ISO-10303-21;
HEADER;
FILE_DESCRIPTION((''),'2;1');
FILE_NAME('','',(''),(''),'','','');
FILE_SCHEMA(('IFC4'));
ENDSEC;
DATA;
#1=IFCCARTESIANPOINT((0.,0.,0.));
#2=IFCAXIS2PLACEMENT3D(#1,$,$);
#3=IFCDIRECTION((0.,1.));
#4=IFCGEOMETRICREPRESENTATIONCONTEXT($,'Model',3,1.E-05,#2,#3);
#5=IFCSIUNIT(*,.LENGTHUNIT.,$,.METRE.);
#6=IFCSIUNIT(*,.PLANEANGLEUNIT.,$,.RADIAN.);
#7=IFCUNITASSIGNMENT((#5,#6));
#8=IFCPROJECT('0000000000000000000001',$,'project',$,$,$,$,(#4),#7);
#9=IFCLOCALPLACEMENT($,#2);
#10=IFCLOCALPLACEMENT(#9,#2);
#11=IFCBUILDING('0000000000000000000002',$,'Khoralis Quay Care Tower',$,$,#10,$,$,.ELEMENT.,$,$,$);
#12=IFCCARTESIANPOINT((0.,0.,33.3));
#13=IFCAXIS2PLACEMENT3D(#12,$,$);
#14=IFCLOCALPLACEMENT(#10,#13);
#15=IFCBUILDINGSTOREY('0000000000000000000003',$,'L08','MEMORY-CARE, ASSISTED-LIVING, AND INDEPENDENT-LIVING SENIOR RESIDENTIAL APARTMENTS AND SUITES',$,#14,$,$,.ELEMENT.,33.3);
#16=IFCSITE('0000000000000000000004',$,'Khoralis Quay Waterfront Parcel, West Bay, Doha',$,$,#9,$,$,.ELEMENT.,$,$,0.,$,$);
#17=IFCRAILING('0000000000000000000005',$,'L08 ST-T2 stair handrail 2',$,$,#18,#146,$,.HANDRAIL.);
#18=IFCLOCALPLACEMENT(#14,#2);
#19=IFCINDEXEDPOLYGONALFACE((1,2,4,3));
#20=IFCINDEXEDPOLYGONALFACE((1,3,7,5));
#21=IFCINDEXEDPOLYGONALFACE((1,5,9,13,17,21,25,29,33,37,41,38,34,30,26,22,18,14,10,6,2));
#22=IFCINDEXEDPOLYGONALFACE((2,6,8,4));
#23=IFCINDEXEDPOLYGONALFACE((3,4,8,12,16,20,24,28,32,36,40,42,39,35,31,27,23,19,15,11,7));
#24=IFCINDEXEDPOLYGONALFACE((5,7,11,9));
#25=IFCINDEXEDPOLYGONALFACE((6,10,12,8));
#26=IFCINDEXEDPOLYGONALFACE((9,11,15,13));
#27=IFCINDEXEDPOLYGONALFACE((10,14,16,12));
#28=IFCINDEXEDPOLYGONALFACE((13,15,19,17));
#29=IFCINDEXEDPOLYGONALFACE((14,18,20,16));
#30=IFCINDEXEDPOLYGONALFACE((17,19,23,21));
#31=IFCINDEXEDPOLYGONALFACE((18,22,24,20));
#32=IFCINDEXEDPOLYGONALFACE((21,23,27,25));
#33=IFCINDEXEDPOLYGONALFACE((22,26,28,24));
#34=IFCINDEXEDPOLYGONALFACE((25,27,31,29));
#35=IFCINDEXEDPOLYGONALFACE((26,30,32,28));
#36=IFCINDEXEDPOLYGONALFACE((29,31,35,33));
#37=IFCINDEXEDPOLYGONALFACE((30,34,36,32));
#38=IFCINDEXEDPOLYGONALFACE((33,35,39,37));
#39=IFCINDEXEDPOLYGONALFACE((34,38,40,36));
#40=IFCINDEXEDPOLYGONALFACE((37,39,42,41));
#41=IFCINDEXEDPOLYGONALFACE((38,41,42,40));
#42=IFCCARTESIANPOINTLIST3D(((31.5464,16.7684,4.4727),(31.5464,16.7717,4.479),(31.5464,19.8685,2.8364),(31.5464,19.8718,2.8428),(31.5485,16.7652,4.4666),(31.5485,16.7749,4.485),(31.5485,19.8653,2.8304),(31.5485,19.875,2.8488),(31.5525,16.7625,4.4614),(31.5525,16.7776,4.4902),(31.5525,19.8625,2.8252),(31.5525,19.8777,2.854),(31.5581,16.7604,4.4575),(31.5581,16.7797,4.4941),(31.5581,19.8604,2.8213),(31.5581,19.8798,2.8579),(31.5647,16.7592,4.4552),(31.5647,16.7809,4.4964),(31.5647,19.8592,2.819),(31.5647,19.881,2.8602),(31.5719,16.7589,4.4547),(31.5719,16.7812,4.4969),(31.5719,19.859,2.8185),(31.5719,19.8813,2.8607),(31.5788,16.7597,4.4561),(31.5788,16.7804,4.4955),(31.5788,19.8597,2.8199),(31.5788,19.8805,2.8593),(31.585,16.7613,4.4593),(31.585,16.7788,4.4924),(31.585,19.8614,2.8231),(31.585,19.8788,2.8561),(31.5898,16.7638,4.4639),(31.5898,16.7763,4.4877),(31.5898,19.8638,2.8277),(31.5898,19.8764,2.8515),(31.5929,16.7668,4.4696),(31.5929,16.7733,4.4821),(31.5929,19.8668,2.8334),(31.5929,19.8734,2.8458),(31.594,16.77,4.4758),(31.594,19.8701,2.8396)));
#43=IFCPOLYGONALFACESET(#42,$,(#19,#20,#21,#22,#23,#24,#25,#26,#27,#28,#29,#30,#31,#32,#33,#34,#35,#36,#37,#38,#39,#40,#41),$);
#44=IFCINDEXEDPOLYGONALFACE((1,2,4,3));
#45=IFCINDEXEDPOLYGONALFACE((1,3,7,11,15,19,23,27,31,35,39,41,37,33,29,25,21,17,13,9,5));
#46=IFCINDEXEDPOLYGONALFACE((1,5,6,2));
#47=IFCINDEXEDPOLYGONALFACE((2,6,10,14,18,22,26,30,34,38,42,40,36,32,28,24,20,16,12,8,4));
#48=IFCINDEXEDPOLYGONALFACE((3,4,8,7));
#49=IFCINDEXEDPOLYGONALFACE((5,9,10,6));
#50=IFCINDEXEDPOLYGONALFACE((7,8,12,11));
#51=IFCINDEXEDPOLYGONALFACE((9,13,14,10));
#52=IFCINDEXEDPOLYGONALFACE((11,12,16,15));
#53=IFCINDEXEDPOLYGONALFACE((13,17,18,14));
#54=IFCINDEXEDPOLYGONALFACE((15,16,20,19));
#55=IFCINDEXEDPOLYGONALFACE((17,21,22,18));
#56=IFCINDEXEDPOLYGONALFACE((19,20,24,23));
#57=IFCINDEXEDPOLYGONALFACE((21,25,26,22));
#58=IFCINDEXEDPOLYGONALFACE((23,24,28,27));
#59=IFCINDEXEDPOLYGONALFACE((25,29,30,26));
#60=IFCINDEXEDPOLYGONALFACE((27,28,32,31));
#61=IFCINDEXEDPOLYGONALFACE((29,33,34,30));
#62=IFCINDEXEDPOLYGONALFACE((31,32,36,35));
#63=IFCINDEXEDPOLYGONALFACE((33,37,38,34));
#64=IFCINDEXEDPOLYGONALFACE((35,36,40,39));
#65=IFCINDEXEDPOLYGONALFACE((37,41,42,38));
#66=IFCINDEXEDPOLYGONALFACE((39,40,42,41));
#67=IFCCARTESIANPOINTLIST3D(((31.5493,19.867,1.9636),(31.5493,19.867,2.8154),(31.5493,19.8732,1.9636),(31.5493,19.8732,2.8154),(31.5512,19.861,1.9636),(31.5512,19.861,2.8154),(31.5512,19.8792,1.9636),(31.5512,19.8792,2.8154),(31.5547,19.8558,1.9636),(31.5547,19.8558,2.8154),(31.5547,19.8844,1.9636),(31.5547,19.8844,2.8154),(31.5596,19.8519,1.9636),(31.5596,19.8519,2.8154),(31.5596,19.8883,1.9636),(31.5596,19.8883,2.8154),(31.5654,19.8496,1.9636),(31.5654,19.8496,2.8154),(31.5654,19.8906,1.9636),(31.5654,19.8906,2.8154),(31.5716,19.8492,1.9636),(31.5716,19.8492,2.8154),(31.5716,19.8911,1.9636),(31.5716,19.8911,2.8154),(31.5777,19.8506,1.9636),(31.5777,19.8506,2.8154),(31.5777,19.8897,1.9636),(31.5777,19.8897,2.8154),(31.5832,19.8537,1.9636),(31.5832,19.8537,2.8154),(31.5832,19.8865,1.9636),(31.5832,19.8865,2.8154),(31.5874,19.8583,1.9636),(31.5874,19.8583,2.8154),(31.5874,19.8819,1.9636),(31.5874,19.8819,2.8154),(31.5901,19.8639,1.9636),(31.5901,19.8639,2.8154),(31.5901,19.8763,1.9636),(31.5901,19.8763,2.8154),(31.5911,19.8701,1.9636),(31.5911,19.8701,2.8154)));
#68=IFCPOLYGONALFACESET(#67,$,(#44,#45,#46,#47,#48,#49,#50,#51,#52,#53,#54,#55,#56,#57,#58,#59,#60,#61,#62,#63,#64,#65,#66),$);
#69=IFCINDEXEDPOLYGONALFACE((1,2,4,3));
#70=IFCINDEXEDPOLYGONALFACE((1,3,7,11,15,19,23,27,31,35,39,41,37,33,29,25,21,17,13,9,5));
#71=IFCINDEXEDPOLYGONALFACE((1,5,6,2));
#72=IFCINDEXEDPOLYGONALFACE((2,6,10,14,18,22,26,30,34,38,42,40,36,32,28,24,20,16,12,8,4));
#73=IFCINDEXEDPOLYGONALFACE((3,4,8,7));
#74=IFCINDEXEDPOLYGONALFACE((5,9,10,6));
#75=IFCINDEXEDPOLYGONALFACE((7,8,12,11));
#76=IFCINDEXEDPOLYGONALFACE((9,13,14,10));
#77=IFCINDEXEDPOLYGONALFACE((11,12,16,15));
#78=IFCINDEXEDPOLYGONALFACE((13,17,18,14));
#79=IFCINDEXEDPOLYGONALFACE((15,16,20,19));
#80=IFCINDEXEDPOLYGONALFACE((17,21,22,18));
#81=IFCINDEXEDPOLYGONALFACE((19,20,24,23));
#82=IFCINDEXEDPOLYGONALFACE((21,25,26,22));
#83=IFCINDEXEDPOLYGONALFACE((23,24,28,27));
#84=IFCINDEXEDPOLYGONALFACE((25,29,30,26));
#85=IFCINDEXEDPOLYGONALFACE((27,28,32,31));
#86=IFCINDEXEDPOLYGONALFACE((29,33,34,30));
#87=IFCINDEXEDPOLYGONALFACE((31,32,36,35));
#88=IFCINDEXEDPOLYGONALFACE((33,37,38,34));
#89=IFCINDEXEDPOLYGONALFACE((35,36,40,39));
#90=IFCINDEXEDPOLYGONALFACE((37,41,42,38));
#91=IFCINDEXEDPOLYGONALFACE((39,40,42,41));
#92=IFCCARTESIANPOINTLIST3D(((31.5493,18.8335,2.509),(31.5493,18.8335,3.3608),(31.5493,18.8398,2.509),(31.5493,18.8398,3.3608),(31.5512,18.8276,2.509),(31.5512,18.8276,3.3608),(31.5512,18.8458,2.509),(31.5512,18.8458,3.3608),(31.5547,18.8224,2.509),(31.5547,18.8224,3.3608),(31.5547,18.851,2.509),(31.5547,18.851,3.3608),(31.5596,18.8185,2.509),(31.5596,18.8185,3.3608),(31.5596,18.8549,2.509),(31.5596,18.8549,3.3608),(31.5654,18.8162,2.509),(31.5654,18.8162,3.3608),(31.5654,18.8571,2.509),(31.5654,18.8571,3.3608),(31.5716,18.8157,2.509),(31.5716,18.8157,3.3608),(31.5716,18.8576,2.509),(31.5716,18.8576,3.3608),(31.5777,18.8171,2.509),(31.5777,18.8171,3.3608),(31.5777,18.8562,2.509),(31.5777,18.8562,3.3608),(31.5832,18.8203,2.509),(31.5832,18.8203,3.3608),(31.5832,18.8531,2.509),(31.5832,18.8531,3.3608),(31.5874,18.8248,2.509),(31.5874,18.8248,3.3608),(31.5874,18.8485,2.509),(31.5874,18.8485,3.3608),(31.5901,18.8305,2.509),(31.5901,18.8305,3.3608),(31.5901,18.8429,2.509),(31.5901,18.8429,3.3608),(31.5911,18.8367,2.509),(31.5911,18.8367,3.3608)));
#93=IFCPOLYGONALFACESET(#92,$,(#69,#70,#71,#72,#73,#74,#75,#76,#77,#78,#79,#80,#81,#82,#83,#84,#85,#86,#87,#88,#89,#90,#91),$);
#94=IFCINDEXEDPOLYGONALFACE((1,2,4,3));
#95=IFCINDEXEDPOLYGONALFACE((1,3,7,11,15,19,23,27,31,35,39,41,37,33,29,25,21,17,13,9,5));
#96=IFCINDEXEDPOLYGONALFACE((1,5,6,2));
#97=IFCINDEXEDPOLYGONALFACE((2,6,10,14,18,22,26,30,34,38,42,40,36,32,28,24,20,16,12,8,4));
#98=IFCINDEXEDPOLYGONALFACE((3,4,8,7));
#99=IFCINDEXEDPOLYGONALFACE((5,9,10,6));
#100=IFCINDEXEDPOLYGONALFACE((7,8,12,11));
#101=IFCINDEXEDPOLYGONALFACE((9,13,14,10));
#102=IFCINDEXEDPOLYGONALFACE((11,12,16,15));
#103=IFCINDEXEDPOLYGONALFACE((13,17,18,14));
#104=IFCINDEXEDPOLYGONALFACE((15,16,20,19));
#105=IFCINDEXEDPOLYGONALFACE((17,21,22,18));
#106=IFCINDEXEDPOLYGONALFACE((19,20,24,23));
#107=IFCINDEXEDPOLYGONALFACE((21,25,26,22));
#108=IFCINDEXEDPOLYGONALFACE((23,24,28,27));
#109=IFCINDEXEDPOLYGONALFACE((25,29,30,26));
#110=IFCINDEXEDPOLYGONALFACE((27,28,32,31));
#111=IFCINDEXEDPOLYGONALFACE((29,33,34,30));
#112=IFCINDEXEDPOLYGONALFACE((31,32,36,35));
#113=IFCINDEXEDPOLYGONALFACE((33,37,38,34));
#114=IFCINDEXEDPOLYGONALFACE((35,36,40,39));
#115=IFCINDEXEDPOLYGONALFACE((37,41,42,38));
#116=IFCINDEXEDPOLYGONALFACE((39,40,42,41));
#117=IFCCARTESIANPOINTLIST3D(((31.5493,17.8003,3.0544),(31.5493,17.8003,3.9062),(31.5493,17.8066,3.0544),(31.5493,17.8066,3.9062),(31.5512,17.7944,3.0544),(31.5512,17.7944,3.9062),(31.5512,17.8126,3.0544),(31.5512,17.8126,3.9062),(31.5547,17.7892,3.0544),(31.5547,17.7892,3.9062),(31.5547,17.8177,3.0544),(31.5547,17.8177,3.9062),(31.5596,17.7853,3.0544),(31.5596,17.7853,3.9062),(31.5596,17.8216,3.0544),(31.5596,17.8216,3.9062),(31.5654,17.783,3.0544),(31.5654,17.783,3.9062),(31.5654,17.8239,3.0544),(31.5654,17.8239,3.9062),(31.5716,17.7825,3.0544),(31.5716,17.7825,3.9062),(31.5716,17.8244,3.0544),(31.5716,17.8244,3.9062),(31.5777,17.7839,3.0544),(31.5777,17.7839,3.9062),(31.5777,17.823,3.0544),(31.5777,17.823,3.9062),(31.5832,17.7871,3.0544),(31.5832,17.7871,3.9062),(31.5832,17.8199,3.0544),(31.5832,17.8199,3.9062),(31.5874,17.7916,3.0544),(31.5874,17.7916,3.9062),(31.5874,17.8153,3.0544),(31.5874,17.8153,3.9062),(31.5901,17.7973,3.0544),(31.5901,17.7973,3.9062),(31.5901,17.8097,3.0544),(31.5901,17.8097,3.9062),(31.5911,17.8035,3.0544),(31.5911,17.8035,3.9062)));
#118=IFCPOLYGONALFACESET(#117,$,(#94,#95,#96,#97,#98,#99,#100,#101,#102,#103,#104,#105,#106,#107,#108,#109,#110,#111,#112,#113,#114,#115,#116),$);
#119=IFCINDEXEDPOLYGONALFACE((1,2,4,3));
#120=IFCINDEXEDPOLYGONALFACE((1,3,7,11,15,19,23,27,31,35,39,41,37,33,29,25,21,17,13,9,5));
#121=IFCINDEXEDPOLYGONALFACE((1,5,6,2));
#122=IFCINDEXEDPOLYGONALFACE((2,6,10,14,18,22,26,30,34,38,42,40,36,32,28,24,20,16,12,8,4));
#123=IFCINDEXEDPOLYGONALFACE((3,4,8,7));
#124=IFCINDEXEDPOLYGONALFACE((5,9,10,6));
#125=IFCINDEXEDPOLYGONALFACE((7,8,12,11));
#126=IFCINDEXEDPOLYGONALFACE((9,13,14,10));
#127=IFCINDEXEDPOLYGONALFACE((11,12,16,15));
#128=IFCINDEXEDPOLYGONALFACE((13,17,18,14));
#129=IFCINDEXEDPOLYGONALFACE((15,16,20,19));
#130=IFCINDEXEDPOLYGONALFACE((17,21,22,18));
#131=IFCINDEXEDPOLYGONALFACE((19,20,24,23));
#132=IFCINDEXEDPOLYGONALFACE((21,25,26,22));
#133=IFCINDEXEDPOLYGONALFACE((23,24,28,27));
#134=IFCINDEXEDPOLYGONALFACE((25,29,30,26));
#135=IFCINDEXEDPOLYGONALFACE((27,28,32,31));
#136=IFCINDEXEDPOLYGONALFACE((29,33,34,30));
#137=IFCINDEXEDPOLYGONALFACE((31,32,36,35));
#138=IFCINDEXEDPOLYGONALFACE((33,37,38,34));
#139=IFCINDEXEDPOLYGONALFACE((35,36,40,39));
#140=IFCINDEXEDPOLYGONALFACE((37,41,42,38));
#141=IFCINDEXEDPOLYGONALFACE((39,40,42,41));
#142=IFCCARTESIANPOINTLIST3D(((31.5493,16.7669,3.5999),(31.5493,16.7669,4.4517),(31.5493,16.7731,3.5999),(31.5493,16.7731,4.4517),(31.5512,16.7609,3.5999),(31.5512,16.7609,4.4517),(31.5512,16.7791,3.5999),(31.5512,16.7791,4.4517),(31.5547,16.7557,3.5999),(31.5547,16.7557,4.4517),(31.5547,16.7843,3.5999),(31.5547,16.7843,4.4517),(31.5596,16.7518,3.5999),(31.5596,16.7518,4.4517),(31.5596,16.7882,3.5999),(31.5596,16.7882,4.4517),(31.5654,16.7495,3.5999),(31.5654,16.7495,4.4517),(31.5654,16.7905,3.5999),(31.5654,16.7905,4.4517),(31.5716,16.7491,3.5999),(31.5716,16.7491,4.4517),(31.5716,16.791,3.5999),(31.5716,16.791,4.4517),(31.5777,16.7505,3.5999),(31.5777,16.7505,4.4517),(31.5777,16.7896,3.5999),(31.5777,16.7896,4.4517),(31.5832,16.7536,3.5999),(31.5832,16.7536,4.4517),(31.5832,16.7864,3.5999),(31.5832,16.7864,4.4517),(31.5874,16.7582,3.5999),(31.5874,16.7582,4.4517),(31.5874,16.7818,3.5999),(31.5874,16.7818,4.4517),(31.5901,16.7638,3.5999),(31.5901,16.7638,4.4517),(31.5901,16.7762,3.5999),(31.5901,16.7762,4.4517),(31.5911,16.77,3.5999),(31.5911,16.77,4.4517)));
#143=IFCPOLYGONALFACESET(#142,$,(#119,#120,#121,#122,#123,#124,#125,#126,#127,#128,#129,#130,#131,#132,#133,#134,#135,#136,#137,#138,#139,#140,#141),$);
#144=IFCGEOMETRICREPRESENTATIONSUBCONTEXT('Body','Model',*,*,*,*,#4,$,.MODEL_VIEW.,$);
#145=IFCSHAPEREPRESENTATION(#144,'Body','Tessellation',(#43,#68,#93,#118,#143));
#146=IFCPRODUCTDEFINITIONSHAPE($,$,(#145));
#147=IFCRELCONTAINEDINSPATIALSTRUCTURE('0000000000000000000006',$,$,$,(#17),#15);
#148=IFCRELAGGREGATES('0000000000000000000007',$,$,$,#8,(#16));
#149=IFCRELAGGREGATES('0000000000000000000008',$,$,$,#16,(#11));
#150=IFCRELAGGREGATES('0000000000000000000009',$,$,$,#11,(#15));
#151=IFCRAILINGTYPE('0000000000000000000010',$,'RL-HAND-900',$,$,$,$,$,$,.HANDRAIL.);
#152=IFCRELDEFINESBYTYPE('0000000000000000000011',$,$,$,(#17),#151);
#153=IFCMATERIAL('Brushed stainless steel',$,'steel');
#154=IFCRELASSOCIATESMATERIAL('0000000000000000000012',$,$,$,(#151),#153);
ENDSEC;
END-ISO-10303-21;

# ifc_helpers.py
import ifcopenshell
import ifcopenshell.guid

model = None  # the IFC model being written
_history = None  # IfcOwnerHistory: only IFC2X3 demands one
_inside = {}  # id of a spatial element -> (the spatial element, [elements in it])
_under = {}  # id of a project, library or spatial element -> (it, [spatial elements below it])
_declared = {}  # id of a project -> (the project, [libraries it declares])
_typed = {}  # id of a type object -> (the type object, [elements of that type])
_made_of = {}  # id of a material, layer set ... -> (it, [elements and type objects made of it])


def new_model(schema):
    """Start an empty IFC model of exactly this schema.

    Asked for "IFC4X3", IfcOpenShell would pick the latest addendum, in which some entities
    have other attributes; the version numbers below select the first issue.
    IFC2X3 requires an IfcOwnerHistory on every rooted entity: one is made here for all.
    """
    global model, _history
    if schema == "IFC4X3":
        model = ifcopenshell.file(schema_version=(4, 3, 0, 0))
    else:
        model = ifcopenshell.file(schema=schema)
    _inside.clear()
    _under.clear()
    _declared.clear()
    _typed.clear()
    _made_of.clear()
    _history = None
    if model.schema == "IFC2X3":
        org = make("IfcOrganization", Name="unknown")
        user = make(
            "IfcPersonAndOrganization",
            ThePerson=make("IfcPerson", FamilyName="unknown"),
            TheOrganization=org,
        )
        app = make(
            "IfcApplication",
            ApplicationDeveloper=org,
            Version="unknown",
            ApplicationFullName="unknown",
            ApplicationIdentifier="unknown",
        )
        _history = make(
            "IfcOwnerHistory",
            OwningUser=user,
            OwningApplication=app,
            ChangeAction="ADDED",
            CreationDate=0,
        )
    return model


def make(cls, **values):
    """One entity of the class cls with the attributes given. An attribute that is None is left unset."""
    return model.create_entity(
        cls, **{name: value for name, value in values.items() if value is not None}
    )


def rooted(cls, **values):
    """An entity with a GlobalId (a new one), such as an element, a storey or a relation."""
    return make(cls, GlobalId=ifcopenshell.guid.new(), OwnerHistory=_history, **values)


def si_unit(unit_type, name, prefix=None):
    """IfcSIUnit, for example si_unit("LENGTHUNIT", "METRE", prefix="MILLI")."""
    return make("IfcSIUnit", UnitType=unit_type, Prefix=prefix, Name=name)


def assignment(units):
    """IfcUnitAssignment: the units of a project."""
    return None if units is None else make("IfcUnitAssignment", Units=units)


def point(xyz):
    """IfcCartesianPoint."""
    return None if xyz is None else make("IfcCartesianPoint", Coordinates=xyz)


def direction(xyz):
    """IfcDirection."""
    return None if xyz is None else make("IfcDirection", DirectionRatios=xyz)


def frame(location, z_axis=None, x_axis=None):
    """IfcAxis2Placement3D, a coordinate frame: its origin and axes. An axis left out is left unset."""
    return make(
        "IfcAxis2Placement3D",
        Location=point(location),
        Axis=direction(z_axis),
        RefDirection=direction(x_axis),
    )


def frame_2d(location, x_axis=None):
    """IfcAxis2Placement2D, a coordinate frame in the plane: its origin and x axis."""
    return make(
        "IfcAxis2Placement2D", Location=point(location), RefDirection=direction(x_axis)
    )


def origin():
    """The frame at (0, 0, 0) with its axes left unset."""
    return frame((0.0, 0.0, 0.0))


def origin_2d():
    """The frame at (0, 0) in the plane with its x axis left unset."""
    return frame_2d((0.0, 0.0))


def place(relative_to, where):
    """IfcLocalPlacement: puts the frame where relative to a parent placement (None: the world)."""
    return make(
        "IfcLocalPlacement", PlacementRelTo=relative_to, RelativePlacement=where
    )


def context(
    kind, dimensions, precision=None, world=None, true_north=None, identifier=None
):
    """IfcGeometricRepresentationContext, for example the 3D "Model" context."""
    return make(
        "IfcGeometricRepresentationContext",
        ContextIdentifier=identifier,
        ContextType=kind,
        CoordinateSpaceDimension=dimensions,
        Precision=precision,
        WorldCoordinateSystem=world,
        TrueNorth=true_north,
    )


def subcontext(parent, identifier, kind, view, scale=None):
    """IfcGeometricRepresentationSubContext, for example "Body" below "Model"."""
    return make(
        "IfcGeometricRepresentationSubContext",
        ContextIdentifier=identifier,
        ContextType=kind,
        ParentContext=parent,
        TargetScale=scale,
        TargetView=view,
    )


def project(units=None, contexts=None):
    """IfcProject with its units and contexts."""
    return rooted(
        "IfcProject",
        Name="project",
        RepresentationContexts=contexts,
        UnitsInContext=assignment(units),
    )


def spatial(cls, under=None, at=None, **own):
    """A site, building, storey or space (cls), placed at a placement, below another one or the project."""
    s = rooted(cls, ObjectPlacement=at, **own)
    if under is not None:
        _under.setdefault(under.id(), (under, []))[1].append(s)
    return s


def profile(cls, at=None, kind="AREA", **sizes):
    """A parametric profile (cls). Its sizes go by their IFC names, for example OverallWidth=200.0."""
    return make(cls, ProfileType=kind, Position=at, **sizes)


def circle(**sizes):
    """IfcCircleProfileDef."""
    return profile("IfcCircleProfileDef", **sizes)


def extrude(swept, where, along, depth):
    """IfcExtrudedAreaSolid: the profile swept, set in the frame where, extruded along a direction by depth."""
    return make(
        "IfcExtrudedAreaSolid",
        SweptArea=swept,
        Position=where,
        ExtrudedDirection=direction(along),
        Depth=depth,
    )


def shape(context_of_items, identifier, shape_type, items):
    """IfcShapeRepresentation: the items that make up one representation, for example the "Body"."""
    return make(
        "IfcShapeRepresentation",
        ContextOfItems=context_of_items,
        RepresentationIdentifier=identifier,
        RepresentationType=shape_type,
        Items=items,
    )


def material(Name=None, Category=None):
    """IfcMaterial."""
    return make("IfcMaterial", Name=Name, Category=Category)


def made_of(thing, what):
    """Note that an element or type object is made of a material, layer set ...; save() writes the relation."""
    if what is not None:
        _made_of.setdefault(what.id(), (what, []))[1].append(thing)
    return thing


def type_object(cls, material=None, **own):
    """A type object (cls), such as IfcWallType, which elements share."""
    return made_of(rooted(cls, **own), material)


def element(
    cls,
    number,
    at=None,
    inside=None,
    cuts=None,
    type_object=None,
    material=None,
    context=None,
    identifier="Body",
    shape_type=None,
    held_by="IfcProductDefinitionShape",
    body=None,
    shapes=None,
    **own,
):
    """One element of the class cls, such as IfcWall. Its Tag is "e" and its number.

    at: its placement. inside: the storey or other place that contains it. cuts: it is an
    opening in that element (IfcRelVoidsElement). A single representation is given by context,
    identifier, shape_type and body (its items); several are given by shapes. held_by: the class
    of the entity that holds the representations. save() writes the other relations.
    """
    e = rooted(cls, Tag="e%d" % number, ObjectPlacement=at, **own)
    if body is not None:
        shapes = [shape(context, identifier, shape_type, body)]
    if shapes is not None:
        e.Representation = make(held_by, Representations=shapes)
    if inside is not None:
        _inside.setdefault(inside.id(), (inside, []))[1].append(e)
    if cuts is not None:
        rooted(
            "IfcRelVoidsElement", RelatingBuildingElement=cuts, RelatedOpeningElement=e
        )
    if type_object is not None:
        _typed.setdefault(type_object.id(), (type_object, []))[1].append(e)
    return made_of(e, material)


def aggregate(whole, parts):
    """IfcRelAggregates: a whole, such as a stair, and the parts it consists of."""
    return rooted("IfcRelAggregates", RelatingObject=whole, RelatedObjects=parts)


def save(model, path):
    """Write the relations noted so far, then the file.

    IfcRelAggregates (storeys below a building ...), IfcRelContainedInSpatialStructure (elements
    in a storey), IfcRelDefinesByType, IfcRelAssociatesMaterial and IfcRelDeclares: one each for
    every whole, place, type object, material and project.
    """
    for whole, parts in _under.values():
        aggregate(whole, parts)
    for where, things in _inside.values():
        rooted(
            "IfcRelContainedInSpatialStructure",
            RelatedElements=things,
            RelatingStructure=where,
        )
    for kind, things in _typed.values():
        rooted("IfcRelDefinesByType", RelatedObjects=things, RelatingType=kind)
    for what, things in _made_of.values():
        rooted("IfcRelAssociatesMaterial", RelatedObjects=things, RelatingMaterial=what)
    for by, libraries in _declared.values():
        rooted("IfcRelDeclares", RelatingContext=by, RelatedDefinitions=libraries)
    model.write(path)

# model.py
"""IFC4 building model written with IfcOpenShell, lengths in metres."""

from ifc_helpers import new_model, si_unit, direction, frame, origin, origin_2d, place, context, subcontext, project, spatial, circle, extrude, material, type_object, element, save


model = new_model("IFC4")

# Units and contexts
model_context = context("Model", 3, precision=1e-05, world=origin(), true_north=direction((0.0, 1.0)))
body_context = subcontext(model_context, "Body", "Model", "MODEL_VIEW")
ifc_project = project(units=[si_unit("LENGTHUNIT", "METRE"), si_unit("PLANEANGLEUNIT", "RADIAN")], contexts=[model_context])

# Site, building, storey
site_placement = place(None, origin())
site = spatial("IfcSite", under=ifc_project, at=site_placement, Name="Khoralis Quay Waterfront Parcel, West Bay, Doha", CompositionType="ELEMENT", RefElevation=0.0)
building_placement = place(site_placement, origin())
building = spatial("IfcBuilding", under=site, at=building_placement, Name="Khoralis Quay Care Tower", CompositionType="ELEMENT")
storey_placement = place(building_placement, frame((0.0, 0.0, 33.3)))
storey = spatial("IfcBuildingStorey", under=building, at=storey_placement, Name="L08", Description="MEMORY-CARE, ASSISTED-LIVING, AND INDEPENDENT-LIVING SENIOR RESIDENTIAL APARTMENTS AND SUITES", CompositionType="ELEMENT", Elevation=33.3)

# Shared definitions
ifc_material_1 = material(Name="Brushed stainless steel", Category="steel")

# Railing
railing_type_1 = type_object("IfcRailingType", Name="RL-HAND-900", PredefinedType="HANDRAIL", material=ifc_material_1)
railing_1_placement = place(storey_placement, frame((31.5701, 19.8701, 1.9636)))
element("IfcRailing", 1, at=railing_1_placement, inside=storey, type_object=railing_type_1, Name="L08 ST-T2 stair handrail 2", PredefinedType="HANDRAIL", context=body_context, shape_type="SweptSolid", body=[
    extrude(circle(Radius=0.0239, at=origin_2d()), frame((0.0, 0.0, 0.876), z_axis=(0.0, -0.884377, 0.466774), x_axis=(1.0, 0.0, 0.0)), (0.0, 0.0, 1.0), 3.5054),
    extrude(circle(Radius=0.021, at=origin_2d()), origin(), (0.0, 0.0, 1.0), 0.8518),
    extrude(circle(Radius=0.021, at=origin_2d()), frame((0.0, -1.0334, 0.5454)), (0.0, 0.0, 1.0), 0.8518),
    extrude(circle(Radius=0.021, at=origin_2d()), frame((0.0, -2.0667, 1.0908)), (0.0, 0.0, 1.0), 0.8518),
    extrude(circle(Radius=0.021, at=origin_2d()), frame((0.0, -3.1001, 1.6362)), (0.0, 0.0, 1.0), 0.8518),
])

save(model, "model.ifc")
